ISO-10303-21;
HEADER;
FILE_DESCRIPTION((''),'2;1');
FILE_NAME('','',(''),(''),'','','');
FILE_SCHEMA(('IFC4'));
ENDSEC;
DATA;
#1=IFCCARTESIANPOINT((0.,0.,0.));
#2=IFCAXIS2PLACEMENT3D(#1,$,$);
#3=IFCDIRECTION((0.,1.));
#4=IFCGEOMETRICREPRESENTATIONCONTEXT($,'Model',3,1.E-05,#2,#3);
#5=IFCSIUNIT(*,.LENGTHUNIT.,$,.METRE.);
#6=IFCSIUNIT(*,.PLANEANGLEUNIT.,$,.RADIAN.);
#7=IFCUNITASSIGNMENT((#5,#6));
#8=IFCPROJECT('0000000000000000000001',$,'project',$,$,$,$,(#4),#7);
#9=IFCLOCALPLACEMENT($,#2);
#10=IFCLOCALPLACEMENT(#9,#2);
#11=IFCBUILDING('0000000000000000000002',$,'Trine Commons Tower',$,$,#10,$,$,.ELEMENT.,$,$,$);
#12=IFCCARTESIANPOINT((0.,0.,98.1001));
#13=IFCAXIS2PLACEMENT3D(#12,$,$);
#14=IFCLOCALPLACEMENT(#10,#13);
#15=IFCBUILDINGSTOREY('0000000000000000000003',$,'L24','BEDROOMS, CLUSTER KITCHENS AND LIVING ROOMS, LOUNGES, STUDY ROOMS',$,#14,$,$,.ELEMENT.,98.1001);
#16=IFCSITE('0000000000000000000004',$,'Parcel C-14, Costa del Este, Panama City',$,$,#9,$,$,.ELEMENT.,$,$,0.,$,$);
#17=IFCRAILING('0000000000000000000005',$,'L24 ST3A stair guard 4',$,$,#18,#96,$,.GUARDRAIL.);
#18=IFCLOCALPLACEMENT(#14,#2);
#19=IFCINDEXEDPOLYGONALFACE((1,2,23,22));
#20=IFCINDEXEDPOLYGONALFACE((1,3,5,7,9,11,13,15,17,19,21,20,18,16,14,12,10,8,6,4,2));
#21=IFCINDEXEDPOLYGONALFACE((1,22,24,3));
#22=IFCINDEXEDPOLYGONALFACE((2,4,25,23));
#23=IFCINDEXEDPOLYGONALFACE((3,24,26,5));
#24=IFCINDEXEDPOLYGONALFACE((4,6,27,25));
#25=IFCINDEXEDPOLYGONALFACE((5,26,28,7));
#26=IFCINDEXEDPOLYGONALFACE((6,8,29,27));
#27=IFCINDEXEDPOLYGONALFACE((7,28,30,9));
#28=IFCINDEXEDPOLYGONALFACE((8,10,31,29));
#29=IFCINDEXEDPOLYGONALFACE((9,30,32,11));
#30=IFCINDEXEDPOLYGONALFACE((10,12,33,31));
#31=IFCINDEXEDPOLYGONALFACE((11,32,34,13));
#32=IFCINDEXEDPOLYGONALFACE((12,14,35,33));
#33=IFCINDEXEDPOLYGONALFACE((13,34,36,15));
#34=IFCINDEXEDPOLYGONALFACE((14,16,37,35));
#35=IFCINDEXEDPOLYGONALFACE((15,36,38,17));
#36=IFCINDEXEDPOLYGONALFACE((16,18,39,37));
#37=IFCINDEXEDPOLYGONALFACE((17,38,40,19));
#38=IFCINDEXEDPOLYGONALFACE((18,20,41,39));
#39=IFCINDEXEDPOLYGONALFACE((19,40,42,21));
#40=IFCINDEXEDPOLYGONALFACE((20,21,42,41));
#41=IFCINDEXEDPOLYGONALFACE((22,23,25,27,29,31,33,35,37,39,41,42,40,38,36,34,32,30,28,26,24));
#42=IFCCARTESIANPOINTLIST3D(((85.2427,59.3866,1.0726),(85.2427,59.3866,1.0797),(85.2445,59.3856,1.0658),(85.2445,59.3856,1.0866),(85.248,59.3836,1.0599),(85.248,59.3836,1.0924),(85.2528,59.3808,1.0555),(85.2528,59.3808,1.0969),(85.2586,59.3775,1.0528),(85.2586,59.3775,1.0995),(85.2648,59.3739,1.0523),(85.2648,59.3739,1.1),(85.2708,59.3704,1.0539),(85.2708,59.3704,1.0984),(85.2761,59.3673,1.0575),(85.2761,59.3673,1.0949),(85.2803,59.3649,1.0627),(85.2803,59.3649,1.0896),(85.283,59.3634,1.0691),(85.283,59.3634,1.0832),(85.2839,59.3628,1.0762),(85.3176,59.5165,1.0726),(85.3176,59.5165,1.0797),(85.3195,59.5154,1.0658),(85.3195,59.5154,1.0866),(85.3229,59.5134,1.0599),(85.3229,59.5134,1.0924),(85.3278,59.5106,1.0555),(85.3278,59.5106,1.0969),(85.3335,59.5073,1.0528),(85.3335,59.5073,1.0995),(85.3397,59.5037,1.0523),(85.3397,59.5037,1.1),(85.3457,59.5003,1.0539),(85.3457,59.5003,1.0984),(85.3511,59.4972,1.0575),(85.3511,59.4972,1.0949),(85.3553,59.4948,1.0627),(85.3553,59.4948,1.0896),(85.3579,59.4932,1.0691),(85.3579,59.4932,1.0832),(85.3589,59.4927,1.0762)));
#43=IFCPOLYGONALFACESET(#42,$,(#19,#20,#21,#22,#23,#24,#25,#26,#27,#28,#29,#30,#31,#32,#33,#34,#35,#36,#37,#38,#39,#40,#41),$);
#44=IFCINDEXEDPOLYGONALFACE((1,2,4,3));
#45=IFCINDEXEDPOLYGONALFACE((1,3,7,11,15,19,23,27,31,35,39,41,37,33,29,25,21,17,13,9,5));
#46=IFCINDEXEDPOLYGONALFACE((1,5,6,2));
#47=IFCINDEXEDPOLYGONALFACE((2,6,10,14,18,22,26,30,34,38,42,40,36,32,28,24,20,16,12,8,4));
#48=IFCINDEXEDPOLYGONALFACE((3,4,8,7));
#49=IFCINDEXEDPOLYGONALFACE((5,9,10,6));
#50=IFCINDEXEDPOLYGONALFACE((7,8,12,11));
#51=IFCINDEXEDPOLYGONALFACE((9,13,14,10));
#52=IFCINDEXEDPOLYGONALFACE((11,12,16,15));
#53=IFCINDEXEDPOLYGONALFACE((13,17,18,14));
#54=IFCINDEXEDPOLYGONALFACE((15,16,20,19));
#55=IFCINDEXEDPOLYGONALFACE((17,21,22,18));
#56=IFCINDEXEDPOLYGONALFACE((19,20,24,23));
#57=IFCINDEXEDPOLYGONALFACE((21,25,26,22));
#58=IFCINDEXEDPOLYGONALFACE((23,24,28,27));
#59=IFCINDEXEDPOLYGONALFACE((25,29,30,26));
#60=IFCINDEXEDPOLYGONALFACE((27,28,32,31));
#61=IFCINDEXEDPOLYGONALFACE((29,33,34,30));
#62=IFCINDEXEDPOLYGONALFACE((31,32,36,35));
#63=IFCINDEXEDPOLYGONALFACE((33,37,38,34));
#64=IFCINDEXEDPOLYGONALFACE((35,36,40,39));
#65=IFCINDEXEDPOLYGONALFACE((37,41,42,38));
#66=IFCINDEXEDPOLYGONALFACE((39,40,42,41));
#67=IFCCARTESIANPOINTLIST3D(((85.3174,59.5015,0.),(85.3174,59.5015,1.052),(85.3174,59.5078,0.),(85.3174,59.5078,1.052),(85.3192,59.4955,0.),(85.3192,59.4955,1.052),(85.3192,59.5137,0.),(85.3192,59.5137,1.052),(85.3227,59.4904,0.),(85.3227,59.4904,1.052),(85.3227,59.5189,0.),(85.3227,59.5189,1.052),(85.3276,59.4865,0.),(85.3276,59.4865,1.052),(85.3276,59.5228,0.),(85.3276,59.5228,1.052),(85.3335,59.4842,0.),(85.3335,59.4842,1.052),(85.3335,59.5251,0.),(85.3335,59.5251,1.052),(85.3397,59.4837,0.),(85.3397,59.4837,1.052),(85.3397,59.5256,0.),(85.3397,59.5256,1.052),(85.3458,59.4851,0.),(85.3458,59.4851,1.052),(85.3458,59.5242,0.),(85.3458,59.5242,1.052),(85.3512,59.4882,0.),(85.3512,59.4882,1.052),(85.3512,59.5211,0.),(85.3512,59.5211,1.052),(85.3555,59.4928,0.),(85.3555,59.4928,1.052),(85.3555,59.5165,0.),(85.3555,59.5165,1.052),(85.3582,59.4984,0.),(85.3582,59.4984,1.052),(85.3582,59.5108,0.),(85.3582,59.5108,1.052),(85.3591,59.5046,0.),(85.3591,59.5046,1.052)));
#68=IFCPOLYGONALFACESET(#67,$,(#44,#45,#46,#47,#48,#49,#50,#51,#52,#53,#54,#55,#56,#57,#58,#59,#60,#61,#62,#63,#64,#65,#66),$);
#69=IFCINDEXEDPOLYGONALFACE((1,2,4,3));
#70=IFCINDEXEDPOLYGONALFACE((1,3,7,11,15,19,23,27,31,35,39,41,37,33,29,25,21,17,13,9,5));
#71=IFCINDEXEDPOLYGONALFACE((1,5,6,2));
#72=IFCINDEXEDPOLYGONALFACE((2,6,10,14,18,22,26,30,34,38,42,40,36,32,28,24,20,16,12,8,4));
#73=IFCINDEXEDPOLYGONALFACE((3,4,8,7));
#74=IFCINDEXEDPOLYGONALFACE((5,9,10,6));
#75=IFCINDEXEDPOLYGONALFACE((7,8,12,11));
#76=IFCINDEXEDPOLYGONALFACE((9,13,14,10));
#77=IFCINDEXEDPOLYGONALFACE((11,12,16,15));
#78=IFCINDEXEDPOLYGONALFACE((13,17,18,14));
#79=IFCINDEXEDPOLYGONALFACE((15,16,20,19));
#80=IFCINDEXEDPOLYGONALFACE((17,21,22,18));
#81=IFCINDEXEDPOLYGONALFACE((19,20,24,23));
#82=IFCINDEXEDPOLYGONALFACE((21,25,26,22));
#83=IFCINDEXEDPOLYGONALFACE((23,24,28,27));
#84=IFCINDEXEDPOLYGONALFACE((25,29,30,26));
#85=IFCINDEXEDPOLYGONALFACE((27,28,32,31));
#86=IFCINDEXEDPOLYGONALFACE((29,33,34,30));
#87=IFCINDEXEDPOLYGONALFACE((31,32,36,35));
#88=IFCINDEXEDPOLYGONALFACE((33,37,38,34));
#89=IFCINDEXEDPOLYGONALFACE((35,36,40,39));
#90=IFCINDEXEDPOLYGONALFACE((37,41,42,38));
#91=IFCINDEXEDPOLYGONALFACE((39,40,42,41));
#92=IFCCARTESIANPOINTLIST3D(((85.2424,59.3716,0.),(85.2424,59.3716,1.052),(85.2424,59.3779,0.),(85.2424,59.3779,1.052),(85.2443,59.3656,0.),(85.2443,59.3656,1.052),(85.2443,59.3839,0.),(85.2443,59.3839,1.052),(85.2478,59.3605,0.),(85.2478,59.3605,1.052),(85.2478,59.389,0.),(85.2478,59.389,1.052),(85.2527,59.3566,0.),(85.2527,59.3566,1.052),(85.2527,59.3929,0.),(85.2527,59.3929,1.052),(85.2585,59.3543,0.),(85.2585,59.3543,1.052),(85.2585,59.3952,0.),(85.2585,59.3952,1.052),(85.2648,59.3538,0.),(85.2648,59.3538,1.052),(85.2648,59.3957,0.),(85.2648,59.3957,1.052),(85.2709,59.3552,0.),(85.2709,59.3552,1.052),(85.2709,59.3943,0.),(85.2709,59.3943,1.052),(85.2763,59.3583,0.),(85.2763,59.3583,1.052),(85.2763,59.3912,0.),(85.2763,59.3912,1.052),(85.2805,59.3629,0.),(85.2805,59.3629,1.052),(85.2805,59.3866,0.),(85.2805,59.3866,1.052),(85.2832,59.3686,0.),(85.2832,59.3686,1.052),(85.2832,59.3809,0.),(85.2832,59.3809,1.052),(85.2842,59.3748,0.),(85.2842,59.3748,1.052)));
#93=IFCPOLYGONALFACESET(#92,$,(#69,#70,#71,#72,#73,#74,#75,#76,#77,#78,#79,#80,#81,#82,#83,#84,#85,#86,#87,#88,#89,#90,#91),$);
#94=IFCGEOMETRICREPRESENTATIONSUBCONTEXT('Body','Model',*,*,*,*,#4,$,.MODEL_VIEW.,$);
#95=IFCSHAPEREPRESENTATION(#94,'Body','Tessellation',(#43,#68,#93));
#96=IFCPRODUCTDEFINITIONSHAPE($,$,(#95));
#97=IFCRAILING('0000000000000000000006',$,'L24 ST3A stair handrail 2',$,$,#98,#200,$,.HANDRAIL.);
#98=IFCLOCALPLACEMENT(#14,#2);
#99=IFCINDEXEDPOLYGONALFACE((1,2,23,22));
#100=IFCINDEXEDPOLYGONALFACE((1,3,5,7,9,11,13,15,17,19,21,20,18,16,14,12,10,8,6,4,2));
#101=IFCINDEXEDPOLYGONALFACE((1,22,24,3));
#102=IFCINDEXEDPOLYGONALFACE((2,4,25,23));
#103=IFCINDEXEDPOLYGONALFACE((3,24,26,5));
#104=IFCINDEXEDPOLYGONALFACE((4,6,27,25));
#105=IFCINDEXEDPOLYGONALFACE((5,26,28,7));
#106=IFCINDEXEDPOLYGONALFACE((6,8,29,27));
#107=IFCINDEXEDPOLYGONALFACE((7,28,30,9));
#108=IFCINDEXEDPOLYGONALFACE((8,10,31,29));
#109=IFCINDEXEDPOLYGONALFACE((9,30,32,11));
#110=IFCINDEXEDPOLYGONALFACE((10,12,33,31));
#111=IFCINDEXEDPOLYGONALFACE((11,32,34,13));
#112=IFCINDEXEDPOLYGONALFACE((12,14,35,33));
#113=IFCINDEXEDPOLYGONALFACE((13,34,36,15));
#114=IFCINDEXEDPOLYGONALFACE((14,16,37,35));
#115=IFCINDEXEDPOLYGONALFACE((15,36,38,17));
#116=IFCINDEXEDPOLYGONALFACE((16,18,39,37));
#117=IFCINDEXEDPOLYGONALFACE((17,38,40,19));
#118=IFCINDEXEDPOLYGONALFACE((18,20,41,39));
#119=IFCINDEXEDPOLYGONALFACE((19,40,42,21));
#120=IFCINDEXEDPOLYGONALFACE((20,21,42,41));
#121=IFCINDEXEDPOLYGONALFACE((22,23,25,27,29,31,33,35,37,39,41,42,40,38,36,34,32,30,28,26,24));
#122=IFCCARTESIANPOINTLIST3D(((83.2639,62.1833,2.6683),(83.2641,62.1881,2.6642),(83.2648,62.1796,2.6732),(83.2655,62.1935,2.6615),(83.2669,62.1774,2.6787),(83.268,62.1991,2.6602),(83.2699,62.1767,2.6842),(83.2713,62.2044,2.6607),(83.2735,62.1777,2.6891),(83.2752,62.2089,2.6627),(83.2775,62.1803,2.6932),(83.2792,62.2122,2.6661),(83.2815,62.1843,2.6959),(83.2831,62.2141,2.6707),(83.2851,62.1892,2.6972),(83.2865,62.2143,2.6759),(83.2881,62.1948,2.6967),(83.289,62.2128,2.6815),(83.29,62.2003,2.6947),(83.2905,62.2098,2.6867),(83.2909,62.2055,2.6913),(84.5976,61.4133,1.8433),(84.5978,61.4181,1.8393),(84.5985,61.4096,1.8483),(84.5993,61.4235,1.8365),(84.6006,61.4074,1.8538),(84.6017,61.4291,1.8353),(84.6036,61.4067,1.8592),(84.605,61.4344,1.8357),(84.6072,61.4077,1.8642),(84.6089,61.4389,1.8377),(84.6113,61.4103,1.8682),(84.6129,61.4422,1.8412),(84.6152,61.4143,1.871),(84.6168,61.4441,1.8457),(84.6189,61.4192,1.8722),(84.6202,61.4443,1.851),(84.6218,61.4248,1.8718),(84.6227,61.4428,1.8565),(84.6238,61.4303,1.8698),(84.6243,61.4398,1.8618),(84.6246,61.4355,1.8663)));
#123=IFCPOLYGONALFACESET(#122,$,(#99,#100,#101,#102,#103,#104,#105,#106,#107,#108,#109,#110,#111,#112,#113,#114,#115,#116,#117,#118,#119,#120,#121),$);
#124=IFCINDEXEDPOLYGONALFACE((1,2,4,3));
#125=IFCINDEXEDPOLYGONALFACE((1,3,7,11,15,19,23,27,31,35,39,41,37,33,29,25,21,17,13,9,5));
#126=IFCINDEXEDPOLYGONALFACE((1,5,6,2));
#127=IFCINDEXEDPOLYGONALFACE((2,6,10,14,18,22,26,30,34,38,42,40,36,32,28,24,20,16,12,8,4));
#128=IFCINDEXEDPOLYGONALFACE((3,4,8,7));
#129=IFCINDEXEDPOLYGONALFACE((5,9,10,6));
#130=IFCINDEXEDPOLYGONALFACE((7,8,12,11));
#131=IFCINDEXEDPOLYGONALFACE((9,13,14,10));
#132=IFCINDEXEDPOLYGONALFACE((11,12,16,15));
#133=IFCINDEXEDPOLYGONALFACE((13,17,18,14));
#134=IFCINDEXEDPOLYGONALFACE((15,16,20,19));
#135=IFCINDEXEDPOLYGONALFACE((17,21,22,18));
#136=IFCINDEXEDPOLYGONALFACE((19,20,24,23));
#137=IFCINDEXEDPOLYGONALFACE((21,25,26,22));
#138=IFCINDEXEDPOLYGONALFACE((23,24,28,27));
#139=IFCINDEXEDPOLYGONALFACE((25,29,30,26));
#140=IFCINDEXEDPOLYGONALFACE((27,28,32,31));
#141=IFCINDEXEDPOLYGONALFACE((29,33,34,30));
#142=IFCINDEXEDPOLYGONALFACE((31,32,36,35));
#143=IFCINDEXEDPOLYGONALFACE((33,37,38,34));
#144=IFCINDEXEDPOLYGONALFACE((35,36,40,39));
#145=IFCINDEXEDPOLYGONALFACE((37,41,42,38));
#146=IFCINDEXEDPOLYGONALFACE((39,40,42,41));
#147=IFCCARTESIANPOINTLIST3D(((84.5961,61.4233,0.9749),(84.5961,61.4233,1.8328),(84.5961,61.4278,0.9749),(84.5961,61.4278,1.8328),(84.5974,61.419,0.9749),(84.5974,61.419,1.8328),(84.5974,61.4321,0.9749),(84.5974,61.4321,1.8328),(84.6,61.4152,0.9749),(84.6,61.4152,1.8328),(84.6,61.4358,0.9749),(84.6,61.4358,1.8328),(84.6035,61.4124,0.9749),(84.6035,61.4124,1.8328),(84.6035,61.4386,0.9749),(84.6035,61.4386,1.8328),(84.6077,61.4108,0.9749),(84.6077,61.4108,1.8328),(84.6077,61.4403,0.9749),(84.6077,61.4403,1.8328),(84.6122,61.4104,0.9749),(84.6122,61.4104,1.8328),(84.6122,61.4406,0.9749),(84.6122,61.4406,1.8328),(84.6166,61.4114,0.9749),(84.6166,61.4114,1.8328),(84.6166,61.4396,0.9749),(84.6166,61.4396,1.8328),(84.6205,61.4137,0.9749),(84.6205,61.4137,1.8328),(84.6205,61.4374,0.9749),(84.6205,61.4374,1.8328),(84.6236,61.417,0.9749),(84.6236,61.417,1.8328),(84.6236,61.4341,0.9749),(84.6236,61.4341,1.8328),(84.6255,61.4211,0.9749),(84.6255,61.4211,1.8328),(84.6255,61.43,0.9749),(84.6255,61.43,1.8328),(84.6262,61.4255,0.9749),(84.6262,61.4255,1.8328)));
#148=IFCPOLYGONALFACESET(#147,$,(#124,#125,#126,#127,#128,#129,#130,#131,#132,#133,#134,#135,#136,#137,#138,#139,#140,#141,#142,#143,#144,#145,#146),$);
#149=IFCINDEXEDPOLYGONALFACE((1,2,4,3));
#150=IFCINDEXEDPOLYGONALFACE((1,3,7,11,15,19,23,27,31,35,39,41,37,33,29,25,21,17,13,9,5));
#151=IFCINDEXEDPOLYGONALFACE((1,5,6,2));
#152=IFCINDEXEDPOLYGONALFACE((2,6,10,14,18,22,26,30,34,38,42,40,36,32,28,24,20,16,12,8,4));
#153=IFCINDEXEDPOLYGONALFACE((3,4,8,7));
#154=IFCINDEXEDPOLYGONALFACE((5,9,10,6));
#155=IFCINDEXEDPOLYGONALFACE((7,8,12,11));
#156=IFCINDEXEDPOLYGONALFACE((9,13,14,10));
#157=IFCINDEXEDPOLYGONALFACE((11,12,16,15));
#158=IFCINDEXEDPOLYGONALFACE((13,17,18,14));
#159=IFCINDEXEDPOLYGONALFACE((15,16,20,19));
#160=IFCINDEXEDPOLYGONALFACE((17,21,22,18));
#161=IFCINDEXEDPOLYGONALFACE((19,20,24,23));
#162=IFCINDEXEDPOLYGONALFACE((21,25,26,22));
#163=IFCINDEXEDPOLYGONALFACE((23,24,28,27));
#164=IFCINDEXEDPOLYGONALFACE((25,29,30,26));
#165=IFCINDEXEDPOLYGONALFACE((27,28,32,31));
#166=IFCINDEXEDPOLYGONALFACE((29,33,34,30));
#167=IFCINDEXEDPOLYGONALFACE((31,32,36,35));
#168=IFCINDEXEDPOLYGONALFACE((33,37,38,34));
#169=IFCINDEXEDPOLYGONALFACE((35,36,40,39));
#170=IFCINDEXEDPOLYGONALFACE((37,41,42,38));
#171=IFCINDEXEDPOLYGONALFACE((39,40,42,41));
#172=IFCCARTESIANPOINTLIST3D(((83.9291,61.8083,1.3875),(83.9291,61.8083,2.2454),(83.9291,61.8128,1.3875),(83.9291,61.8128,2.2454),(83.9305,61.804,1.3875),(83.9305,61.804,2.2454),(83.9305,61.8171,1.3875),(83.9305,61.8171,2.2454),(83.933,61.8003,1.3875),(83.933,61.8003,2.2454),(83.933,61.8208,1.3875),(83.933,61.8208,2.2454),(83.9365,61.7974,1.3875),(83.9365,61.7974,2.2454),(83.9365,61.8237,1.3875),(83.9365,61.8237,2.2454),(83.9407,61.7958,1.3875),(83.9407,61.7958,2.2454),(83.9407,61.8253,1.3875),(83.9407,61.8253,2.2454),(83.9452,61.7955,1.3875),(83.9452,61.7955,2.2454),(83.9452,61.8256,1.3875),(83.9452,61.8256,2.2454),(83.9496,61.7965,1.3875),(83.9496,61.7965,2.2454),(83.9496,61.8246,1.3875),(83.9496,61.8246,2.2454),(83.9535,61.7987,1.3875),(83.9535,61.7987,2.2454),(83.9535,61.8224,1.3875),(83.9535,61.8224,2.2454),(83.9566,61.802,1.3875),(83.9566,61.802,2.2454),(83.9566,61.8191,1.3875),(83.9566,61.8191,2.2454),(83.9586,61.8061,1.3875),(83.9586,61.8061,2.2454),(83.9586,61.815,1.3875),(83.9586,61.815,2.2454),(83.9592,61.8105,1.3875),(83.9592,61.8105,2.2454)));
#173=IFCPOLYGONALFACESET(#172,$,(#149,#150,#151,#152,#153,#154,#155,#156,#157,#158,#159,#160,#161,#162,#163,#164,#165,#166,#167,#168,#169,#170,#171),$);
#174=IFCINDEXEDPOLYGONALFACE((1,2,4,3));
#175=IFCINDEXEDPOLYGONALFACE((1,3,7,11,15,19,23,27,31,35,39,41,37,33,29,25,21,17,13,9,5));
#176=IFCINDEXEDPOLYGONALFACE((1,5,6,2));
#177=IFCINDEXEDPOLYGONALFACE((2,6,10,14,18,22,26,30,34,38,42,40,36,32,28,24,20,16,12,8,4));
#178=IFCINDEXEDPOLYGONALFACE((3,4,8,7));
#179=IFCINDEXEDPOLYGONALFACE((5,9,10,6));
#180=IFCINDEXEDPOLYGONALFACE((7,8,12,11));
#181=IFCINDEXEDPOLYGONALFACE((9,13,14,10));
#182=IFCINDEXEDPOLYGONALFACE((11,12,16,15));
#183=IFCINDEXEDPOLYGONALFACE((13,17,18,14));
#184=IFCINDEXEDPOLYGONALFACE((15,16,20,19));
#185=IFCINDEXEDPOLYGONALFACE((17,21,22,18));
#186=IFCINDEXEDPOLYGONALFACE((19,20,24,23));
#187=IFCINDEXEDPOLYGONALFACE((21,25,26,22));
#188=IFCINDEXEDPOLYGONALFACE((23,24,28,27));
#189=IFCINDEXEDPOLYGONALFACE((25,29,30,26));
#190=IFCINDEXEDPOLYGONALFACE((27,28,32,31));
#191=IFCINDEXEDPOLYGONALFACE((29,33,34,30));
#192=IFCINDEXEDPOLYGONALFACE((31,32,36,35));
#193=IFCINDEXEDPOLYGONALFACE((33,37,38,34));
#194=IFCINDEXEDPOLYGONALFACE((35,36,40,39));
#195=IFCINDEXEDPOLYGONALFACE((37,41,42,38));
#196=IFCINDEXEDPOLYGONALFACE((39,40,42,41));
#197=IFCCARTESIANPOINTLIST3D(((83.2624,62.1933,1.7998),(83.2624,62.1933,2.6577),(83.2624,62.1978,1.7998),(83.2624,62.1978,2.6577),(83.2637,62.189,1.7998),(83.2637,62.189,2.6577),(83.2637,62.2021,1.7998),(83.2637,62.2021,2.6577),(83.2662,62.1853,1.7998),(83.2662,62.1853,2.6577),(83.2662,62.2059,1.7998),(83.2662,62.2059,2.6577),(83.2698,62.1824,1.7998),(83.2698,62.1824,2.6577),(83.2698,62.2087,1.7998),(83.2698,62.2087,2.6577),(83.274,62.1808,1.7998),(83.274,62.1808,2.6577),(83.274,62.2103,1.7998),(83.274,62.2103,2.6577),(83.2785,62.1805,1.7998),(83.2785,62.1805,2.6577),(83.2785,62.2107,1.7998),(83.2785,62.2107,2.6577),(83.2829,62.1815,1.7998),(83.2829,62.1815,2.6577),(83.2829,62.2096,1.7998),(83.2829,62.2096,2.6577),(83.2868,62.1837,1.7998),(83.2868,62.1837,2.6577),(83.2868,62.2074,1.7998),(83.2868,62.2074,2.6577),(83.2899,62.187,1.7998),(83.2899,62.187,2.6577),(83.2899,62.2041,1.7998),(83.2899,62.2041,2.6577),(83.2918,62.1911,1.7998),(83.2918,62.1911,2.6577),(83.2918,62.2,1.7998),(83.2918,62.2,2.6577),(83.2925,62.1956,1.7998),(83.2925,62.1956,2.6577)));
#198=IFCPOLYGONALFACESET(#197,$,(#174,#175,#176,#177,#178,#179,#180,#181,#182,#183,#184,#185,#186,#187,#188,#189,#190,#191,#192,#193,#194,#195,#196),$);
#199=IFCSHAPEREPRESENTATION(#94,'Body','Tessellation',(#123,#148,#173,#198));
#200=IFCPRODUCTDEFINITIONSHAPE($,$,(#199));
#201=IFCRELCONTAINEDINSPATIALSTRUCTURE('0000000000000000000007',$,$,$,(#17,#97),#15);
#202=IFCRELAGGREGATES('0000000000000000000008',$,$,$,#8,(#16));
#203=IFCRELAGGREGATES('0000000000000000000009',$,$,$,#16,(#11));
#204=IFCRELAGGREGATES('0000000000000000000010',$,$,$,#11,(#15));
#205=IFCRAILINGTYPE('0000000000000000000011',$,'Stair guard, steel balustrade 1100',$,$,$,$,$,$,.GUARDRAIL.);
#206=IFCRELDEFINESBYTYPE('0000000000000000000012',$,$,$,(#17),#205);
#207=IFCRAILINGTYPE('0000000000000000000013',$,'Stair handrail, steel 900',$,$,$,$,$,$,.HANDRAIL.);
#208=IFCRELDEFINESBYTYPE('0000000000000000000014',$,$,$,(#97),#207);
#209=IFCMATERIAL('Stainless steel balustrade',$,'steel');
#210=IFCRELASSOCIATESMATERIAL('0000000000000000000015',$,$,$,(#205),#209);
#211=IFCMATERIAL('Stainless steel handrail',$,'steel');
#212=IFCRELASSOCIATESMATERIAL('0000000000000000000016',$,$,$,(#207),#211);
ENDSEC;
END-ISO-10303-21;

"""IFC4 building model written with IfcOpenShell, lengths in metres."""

from ifc_helpers import new_model, si_unit, direction, frame, origin, origin_2d, place, context, subcontext, project, spatial, circle, extrude, material, type_object, element, save


model = new_model("IFC4")

# Units and contexts
model_context = context("Model", 3, precision=1e-05, world=origin(), true_north=direction((0.0, 1.0)))
body_context = subcontext(model_context, "Body", "Model", "MODEL_VIEW")
ifc_project = project(units=[si_unit("LENGTHUNIT", "METRE"), si_unit("PLANEANGLEUNIT", "RADIAN")], contexts=[model_context])

# Site, building, storey
site_placement = place(None, origin())
site = spatial("IfcSite", under=ifc_project, at=site_placement, Name="Parcel C-14, Costa del Este, Panama City", CompositionType="ELEMENT", RefElevation=0.0)
building_placement = place(site_placement, origin())
building = spatial("IfcBuilding", under=site, at=building_placement, Name="Trine Commons Tower", CompositionType="ELEMENT")
storey_placement = place(building_placement, frame((0.0, 0.0, 98.1001)))
storey = spatial("IfcBuildingStorey", under=building, at=storey_placement, Name="L24", Description="BEDROOMS, CLUSTER KITCHENS AND LIVING ROOMS, LOUNGES, STUDY ROOMS", CompositionType="ELEMENT", Elevation=98.1001)

# Railings
ifc_material_1 = material(Name="Stainless steel balustrade", Category="steel")
railing_type_1 = type_object("IfcRailingType", Name="Stair guard, steel balustrade 1100", PredefinedType="GUARDRAIL", material=ifc_material_1)
railing_1_placement = place(storey_placement, frame((85.3381, 59.5046, 0.0)))
element("IfcRailing", 1, at=railing_1_placement, inside=storey, type_object=railing_type_1, Name="L24 ST3A stair guard 4", PredefinedType="GUARDRAIL", context=body_context, shape_type="SweptSolid", body=[
    extrude(circle(Radius=0.0239, at=origin_2d()), frame((0.0, 0.0, 1.0762), z_axis=(-0.499816, -0.866131, 0.0), x_axis=(0.866131, -0.499816, 0.0)), (0.0, 0.0, 1.0), 0.1499),
    extrude(circle(Radius=0.021, at=origin_2d()), origin(), (0.0, 0.0, 1.0), 1.052),
    extrude(circle(Radius=0.021, at=origin_2d()), frame((-0.075, -0.1299, 0.0)), (0.0, 0.0, 1.0), 1.052),
])
ifc_material_2 = material(Name="Stainless steel handrail", Category="steel")
railing_type_2 = type_object("IfcRailingType", Name="Stair handrail, steel 900", PredefinedType="HANDRAIL", material=ifc_material_2)
railing_2_placement = place(storey_placement, frame((84.6111, 61.4255, 0.9749)))
element("IfcRailing", 2, at=railing_2_placement, inside=storey, type_object=railing_type_2, Name="L24 ST3A stair handrail 2", PredefinedType="HANDRAIL", context=body_context, shape_type="SweptSolid", body=[
    extrude(circle(Radius=0.021, at=origin_2d()), frame((0.0, 0.0, 0.8789), z_axis=(-0.763405, 0.440743, 0.472185), x_axis=(-0.499992, -0.86603, 0.0)), (0.0, 0.0, 1.0), 1.7471),
    extrude(circle(Radius=0.0151, at=origin_2d()), origin(), (0.0, 0.0, 1.0), 0.8579),
    extrude(circle(Radius=0.0151, at=origin_2d()), frame((-0.667, 0.385, 0.4126)), (0.0, 0.0, 1.0), 0.8579),
    extrude(circle(Radius=0.0151, at=origin_2d()), frame((-1.3337, 0.77, 0.825)), (0.0, 0.0, 1.0), 0.8579),
])

save(model, "model.ifc")
